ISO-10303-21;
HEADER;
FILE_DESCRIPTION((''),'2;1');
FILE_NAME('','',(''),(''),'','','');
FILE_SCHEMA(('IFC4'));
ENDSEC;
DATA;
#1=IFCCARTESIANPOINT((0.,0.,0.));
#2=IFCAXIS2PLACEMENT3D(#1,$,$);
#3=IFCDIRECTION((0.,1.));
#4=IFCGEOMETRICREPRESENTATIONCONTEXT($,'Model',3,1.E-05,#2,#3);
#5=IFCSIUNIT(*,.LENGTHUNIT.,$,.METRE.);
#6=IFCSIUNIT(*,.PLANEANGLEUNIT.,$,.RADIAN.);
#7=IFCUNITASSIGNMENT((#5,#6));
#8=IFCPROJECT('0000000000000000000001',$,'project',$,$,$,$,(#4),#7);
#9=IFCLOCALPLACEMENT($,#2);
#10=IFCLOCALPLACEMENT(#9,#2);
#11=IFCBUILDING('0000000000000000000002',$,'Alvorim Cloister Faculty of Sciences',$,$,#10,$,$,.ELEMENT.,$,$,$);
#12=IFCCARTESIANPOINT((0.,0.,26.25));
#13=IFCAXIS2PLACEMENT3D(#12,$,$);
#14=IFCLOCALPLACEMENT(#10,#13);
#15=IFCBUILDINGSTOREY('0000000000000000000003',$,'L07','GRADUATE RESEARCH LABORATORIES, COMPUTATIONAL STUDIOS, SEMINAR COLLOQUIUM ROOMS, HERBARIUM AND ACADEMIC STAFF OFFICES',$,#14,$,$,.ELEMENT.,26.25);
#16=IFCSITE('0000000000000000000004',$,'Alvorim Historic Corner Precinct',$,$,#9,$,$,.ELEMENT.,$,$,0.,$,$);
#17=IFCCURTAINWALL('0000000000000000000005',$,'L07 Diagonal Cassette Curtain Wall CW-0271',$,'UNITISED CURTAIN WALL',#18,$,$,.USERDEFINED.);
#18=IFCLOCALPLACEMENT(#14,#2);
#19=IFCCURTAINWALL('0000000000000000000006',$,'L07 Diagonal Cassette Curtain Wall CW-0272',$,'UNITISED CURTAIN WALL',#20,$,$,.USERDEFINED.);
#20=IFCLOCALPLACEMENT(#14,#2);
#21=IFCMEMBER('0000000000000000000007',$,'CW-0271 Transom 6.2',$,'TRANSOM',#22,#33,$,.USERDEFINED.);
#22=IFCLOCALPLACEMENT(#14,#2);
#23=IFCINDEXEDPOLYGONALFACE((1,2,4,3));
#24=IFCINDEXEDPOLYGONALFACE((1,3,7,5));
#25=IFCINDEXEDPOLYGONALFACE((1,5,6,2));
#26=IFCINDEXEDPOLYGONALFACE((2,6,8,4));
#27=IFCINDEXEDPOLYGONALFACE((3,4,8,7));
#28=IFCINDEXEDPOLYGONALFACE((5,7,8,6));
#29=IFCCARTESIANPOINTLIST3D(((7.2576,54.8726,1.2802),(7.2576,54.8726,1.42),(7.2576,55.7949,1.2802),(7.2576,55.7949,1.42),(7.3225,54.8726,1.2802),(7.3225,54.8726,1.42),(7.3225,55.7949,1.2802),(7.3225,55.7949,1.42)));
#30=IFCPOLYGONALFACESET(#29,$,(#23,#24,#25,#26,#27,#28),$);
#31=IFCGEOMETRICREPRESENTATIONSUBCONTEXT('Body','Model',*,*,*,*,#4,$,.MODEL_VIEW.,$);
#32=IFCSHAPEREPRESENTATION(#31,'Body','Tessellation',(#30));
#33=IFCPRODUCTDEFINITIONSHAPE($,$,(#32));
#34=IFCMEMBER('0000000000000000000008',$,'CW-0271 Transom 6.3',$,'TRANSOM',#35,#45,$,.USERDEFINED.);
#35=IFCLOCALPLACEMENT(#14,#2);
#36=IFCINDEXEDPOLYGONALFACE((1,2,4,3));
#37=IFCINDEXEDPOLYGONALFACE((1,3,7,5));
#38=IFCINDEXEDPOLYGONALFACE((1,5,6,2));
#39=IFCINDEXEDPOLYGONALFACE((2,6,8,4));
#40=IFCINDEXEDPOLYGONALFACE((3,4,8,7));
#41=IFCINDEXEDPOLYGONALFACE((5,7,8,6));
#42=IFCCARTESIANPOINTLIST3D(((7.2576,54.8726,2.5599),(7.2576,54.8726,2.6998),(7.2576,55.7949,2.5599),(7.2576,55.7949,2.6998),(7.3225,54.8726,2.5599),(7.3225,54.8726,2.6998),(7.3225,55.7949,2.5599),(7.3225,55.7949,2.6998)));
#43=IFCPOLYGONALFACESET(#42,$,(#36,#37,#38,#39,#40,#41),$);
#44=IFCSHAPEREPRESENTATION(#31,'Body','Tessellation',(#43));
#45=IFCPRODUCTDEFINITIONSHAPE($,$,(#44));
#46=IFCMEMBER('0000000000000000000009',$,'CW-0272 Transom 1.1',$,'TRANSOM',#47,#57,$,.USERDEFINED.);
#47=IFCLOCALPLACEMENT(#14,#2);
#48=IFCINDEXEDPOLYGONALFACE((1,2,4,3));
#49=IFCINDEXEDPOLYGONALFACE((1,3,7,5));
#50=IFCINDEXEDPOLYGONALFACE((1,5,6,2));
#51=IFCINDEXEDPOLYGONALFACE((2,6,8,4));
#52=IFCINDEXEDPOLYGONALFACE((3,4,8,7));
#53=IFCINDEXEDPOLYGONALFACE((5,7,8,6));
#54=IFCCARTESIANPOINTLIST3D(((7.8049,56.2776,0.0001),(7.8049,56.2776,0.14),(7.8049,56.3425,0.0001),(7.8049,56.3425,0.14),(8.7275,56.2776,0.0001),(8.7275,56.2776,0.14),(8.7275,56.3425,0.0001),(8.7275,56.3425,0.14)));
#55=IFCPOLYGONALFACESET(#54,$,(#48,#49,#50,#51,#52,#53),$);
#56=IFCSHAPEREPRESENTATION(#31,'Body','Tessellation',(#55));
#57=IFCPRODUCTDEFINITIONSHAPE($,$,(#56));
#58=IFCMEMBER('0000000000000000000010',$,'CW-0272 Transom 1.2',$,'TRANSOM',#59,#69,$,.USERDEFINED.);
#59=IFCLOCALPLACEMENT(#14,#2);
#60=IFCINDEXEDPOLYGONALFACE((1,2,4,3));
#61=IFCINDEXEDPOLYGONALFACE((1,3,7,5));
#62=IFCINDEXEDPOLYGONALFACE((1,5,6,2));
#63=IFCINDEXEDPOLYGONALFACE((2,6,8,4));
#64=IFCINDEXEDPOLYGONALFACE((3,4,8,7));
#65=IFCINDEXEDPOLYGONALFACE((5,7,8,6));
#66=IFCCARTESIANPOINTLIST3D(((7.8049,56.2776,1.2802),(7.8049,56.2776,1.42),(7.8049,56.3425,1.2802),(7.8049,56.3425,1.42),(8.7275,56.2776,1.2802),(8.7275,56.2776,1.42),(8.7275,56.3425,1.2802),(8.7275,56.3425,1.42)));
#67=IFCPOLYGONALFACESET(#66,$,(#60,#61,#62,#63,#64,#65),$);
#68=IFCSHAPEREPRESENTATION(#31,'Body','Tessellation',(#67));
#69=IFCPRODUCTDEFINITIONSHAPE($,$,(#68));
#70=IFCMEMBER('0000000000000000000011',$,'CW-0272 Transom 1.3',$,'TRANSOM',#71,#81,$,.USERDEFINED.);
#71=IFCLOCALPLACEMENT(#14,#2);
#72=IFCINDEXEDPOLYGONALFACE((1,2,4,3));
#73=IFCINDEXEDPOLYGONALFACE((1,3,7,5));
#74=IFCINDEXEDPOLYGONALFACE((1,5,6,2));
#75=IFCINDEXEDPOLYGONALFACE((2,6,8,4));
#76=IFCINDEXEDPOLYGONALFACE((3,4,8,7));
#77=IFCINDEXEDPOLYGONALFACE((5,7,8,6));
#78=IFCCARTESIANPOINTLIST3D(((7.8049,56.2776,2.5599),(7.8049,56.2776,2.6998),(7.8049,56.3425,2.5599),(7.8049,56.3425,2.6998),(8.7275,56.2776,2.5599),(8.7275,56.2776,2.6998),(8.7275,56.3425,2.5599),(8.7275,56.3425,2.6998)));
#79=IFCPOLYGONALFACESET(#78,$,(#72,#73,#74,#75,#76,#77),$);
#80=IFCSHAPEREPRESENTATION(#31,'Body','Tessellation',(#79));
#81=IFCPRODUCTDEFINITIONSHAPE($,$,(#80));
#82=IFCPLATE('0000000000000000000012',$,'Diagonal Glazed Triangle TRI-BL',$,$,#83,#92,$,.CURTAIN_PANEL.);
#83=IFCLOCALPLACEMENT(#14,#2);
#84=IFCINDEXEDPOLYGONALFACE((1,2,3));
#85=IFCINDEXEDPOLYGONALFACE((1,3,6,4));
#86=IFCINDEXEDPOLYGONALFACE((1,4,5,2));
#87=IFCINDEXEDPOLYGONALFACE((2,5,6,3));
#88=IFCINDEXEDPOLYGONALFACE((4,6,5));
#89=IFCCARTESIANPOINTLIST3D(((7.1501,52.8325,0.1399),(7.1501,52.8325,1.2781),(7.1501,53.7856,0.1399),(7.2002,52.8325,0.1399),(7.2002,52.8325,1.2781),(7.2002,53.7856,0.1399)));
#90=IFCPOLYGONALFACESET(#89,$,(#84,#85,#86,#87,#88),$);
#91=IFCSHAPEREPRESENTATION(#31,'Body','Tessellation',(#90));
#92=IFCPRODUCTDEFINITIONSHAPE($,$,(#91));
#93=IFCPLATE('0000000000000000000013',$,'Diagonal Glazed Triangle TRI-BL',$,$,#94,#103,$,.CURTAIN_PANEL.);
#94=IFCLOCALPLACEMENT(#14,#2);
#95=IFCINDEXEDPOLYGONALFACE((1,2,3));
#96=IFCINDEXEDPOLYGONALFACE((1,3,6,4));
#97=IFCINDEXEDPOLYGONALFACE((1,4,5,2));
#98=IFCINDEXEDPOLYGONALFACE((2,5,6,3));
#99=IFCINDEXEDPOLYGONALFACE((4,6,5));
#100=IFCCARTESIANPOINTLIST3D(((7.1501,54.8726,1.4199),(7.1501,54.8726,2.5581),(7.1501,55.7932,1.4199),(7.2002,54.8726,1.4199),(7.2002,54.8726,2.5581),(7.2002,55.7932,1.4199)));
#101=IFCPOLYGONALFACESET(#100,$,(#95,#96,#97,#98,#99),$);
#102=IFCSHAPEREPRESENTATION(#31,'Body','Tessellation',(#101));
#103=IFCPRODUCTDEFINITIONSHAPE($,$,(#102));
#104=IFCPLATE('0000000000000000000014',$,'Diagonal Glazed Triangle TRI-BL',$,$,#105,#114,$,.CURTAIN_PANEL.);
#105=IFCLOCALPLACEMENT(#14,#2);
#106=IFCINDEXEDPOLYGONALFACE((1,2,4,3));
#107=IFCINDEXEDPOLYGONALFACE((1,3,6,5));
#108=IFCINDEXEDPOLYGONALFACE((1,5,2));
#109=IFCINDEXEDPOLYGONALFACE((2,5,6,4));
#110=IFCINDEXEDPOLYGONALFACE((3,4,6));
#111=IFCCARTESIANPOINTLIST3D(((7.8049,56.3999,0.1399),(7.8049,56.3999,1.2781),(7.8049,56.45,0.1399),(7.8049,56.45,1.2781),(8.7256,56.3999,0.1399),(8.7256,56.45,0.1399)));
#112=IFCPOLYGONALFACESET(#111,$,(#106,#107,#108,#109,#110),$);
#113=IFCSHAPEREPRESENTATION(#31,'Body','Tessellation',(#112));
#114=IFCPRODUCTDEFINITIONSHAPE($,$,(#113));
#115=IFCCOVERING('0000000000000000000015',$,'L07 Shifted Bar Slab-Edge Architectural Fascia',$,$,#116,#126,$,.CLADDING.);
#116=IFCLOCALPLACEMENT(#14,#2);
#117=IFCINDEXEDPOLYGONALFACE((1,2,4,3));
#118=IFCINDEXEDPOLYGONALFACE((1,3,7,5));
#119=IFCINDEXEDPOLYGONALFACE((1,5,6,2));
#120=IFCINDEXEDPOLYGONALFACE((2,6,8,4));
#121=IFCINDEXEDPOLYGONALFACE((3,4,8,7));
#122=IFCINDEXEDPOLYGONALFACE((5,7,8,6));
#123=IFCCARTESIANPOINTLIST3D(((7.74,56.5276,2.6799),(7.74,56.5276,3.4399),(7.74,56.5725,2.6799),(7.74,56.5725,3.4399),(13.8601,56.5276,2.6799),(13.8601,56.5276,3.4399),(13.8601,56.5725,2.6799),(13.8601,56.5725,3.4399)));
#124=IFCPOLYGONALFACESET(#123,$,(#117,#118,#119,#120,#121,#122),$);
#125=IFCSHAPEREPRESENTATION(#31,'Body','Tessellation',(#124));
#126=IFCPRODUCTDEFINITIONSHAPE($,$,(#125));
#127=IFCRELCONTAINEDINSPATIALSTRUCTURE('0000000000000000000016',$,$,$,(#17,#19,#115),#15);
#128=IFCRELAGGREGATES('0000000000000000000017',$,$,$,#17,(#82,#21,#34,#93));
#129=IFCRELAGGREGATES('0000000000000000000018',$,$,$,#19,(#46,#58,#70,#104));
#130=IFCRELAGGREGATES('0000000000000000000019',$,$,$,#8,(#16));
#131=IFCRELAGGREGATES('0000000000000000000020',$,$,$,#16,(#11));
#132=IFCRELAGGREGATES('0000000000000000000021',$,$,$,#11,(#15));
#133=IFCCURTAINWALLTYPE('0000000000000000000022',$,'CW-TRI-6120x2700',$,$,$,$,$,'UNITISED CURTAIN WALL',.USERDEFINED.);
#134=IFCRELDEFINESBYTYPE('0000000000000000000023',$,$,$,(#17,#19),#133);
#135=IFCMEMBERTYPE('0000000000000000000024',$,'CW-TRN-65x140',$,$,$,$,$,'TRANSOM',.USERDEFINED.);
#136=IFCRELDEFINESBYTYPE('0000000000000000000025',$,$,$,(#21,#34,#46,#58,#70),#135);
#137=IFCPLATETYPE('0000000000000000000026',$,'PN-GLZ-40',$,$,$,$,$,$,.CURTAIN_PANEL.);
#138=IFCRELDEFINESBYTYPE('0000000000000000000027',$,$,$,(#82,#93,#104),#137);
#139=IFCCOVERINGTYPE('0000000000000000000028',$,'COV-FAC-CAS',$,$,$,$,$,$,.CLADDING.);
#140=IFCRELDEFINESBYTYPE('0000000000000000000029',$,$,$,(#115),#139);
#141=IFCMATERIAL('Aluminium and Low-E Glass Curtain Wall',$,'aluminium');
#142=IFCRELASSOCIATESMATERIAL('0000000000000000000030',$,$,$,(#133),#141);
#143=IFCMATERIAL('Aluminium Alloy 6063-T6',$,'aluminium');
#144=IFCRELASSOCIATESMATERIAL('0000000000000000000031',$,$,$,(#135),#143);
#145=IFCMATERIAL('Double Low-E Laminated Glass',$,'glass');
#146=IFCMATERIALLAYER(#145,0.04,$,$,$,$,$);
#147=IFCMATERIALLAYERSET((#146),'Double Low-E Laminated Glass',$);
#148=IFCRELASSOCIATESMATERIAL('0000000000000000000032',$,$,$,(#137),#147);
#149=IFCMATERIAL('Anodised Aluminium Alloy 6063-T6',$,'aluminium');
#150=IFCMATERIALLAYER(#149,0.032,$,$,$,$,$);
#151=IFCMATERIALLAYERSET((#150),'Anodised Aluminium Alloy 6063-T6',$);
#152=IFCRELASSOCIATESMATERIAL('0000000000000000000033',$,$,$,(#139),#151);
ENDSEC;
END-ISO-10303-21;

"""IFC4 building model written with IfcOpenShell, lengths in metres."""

from ifc_helpers import new_model, si_unit, direction, frame, origin, origin_2d, place, context, subcontext, project, spatial, polyline, rectangle, outline, extrude, material, layer, layer_set, material_profile, profile_set, type_object, element, aggregate, save


model = new_model("IFC4")

# Units and contexts
model_context = context("Model", 3, precision=1e-05, world=origin(), true_north=direction((0.0, 1.0)))
body_context = subcontext(model_context, "Body", "Model", "MODEL_VIEW")
ifc_project = project(units=[si_unit("LENGTHUNIT", "METRE"), si_unit("PLANEANGLEUNIT", "RADIAN")], contexts=[model_context])

# Site, building, storey
site_placement = place(None, origin())
site = spatial("IfcSite", under=ifc_project, at=site_placement, Name="Alvorim Historic Corner Precinct", CompositionType="ELEMENT", RefElevation=0.0)
building_placement = place(site_placement, origin())
building = spatial("IfcBuilding", under=site, at=building_placement, Name="Alvorim Cloister Faculty of Sciences", CompositionType="ELEMENT")
storey_placement = place(building_placement, frame((0.0, 0.0, 26.25)))
storey = spatial("IfcBuildingStorey", under=building, at=storey_placement, Name="L07", Description="GRADUATE RESEARCH LABORATORIES, COMPUTATIONAL STUDIOS, SEMINAR COLLOQUIUM ROOMS, HERBARIUM AND ACADEMIC STAFF OFFICES", CompositionType="ELEMENT", Elevation=26.25)

# Curtain walls
ifc_material_1 = material(Name="Aluminium and Low-E Glass Curtain Wall", Category="aluminium")
curtain_wall_type = type_object("IfcCurtainWallType", Name="CW-TRI-6120x2700", ElementType="UNITISED CURTAIN WALL", PredefinedType="USERDEFINED", material=ifc_material_1)
curtain_wall_1_placement = place(storey_placement, origin())
curtain_wall_1 = element("IfcCurtainWall", 1, at=curtain_wall_1_placement, inside=storey, type_object=curtain_wall_type, Name="L07 Diagonal Cassette Curtain Wall CW-0271", ObjectType="UNITISED CURTAIN WALL", PredefinedType="USERDEFINED")
ifc_material_2 = material(Name="Aluminium Alloy 6063-T6", Category="aluminium")
curtain_wall_2_placement = place(storey_placement, origin())
curtain_wall_2 = element("IfcCurtainWall", 2, at=curtain_wall_2_placement, inside=storey, type_object=curtain_wall_type, Name="L07 Diagonal Cassette Curtain Wall CW-0272", ObjectType="UNITISED CURTAIN WALL", PredefinedType="USERDEFINED")

# Members
ifc_material_profile_1 = material_profile(ifc_material_2, rectangle(XDim=0.0649, YDim=0.1399, at=origin_2d()), Name="ALU-TRN-65x140")
ifc_profile_set_1 = profile_set([ifc_material_profile_1], Name="Aluminium Alloy 6063-T6")
member_type_1 = type_object("IfcMemberType", Name="CW-TRN-65x140", ElementType="TRANSOM", PredefinedType="USERDEFINED", material=ifc_profile_set_1)
member_1_placement = place(storey_placement, frame((7.29, 54.8726, 1.3501), z_axis=(0.0, 1.0, 0.0), x_axis=(-1.0, 0.0, 0.0)))
member_1 = element("IfcMember", 3, at=member_1_placement, type_object=member_type_1, Name="CW-0271 Transom 6.2", ObjectType="TRANSOM", PredefinedType="USERDEFINED", context=body_context, shape_type="SweptSolid", body=[
    extrude(rectangle(XDim=0.0649, YDim=0.1399, at=origin_2d()), origin(), (0.0, 0.0, 1.0), 0.9224),
])
member_2_placement = place(storey_placement, frame((7.29, 54.8726, 2.6299), z_axis=(0.0, 1.0, 0.0), x_axis=(-1.0, 0.0, 0.0)))
member_2 = element("IfcMember", 4, at=member_2_placement, type_object=member_type_1, Name="CW-0271 Transom 6.3", ObjectType="TRANSOM", PredefinedType="USERDEFINED", context=body_context, shape_type="SweptSolid", body=[
    extrude(rectangle(XDim=0.0649, YDim=0.1399, at=origin_2d()), origin(), (0.0, 0.0, 1.0), 0.9224),
])
member_3_placement = place(storey_placement, frame((7.8049, 56.3101, 0.0701), z_axis=(1.0, 0.0, 0.0), x_axis=(0.0, 1.0, 0.0)))
member_3 = element("IfcMember", 5, at=member_3_placement, type_object=member_type_1, Name="CW-0272 Transom 1.1", ObjectType="TRANSOM", PredefinedType="USERDEFINED", context=body_context, shape_type="SweptSolid", body=[
    extrude(rectangle(XDim=0.0649, YDim=0.1399, at=origin_2d()), origin(), (0.0, 0.0, 1.0), 0.9226),
])
member_4_placement = place(storey_placement, frame((7.8049, 56.3101, 1.3501), z_axis=(1.0, 0.0, 0.0), x_axis=(0.0, 1.0, 0.0)))
member_4 = element("IfcMember", 6, at=member_4_placement, type_object=member_type_1, Name="CW-0272 Transom 1.2", ObjectType="TRANSOM", PredefinedType="USERDEFINED", context=body_context, shape_type="SweptSolid", body=[
    extrude(rectangle(XDim=0.0649, YDim=0.1399, at=origin_2d()), origin(), (0.0, 0.0, 1.0), 0.9226),
])
member_5_placement = place(storey_placement, frame((7.8049, 56.3101, 2.6299), z_axis=(1.0, 0.0, 0.0), x_axis=(0.0, 1.0, 0.0)))
member_5 = element("IfcMember", 7, at=member_5_placement, type_object=member_type_1, Name="CW-0272 Transom 1.3", ObjectType="TRANSOM", PredefinedType="USERDEFINED", context=body_context, shape_type="SweptSolid", body=[
    extrude(rectangle(XDim=0.0649, YDim=0.1399, at=origin_2d()), origin(), (0.0, 0.0, 1.0), 0.9226),
])

# Plates
ifc_material_3 = material(Name="Double Low-E Laminated Glass", Category="glass")
ifc_layer_1 = layer(ifc_material_3, 0.04)
ifc_layer_set_1 = layer_set([ifc_layer_1], Name="Double Low-E Laminated Glass")
plate_type = type_object("IfcPlateType", Name="PN-GLZ-40", PredefinedType="CURTAIN_PANEL", material=ifc_layer_set_1)
plate_1_placement = place(storey_placement, frame((7.175, 52.8325, 0.1399), z_axis=(0.0, 0.0, 1.0), x_axis=(0.0, 1.0, 0.0)))
plate_1 = element("IfcPlate", 8, at=plate_1_placement, type_object=plate_type, Name="Diagonal Glazed Triangle TRI-BL", PredefinedType="CURTAIN_PANEL", context=body_context, shape_type="SweptSolid", body=[
    extrude(outline(polyline([(0.0, 0.0), (0.9531, 0.0), (0.0, 1.1382), (0.0, 0.0)])), frame((0.0, 0.0249, 0.0), z_axis=(0.0, -1.0, 0.0), x_axis=(1.0, 0.0, 0.0)), (0.0, 0.0, 1.0), 0.05),
])
plate_2_placement = place(storey_placement, frame((7.175, 54.8726, 1.4199), z_axis=(0.0, 0.0, 1.0), x_axis=(0.0, 1.0, 0.0)))
plate_2 = element("IfcPlate", 9, at=plate_2_placement, type_object=plate_type, Name="Diagonal Glazed Triangle TRI-BL", PredefinedType="CURTAIN_PANEL", context=body_context, shape_type="SweptSolid", body=[
    extrude(outline(polyline([(0.0, 0.0), (0.9207, 0.0), (0.0, 1.1382), (0.0, 0.0)])), frame((0.0, 0.0249, 0.0), z_axis=(0.0, -1.0, 0.0), x_axis=(1.0, 0.0, 0.0)), (0.0, 0.0, 1.0), 0.05),
])
aggregate(curtain_wall_1, [plate_1, member_1, member_2, plate_2])
plate_3_placement = place(storey_placement, frame((7.8049, 56.425, 0.1399), z_axis=(0.0, 0.0, 1.0), x_axis=(1.0, 0.0, 0.0)))
plate_3 = element("IfcPlate", 10, at=plate_3_placement, type_object=plate_type, Name="Diagonal Glazed Triangle TRI-BL", PredefinedType="CURTAIN_PANEL", context=body_context, shape_type="SweptSolid", body=[
    extrude(outline(polyline([(0.0, 0.0), (0.9207, 0.0), (0.0, 1.1382), (0.0, 0.0)])), frame((0.0, 0.0249, 0.0), z_axis=(0.0, -1.0, 0.0), x_axis=(1.0, 0.0, 0.0)), (0.0, 0.0, 1.0), 0.05),
])
aggregate(curtain_wall_2, [member_3, member_4, member_5, plate_3])

# Covering
ifc_material_4 = material(Name="Anodised Aluminium Alloy 6063-T6", Category="aluminium")
ifc_layer_2 = layer(ifc_material_4, 0.032)
ifc_layer_set_2 = layer_set([ifc_layer_2], Name="Anodised Aluminium Alloy 6063-T6")
covering_type = type_object("IfcCoveringType", Name="COV-FAC-CAS", PredefinedType="CLADDING", material=ifc_layer_set_2)
covering_placement = place(storey_placement, frame((7.74, 56.55, 2.6799), z_axis=(0.0, 0.0, 1.0), x_axis=(1.0, 0.0, 0.0)))
element("IfcCovering", 11, at=covering_placement, inside=storey, type_object=covering_type, Name="L07 Shifted Bar Slab-Edge Architectural Fascia", PredefinedType="CLADDING", context=body_context, shape_type="SweptSolid", body=[
    extrude(outline(polyline([(0.0, 0.0), (6.1201, 0.0), (6.1201, 0.76), (0.0, 0.76), (0.0, 0.0)])), frame((0.0, 0.0225, 0.0), z_axis=(0.0, -1.0, 0.0), x_axis=(1.0, 0.0, 0.0)), (0.0, 0.0, 1.0), 0.0449),
])

save(model, "model.ifc")
